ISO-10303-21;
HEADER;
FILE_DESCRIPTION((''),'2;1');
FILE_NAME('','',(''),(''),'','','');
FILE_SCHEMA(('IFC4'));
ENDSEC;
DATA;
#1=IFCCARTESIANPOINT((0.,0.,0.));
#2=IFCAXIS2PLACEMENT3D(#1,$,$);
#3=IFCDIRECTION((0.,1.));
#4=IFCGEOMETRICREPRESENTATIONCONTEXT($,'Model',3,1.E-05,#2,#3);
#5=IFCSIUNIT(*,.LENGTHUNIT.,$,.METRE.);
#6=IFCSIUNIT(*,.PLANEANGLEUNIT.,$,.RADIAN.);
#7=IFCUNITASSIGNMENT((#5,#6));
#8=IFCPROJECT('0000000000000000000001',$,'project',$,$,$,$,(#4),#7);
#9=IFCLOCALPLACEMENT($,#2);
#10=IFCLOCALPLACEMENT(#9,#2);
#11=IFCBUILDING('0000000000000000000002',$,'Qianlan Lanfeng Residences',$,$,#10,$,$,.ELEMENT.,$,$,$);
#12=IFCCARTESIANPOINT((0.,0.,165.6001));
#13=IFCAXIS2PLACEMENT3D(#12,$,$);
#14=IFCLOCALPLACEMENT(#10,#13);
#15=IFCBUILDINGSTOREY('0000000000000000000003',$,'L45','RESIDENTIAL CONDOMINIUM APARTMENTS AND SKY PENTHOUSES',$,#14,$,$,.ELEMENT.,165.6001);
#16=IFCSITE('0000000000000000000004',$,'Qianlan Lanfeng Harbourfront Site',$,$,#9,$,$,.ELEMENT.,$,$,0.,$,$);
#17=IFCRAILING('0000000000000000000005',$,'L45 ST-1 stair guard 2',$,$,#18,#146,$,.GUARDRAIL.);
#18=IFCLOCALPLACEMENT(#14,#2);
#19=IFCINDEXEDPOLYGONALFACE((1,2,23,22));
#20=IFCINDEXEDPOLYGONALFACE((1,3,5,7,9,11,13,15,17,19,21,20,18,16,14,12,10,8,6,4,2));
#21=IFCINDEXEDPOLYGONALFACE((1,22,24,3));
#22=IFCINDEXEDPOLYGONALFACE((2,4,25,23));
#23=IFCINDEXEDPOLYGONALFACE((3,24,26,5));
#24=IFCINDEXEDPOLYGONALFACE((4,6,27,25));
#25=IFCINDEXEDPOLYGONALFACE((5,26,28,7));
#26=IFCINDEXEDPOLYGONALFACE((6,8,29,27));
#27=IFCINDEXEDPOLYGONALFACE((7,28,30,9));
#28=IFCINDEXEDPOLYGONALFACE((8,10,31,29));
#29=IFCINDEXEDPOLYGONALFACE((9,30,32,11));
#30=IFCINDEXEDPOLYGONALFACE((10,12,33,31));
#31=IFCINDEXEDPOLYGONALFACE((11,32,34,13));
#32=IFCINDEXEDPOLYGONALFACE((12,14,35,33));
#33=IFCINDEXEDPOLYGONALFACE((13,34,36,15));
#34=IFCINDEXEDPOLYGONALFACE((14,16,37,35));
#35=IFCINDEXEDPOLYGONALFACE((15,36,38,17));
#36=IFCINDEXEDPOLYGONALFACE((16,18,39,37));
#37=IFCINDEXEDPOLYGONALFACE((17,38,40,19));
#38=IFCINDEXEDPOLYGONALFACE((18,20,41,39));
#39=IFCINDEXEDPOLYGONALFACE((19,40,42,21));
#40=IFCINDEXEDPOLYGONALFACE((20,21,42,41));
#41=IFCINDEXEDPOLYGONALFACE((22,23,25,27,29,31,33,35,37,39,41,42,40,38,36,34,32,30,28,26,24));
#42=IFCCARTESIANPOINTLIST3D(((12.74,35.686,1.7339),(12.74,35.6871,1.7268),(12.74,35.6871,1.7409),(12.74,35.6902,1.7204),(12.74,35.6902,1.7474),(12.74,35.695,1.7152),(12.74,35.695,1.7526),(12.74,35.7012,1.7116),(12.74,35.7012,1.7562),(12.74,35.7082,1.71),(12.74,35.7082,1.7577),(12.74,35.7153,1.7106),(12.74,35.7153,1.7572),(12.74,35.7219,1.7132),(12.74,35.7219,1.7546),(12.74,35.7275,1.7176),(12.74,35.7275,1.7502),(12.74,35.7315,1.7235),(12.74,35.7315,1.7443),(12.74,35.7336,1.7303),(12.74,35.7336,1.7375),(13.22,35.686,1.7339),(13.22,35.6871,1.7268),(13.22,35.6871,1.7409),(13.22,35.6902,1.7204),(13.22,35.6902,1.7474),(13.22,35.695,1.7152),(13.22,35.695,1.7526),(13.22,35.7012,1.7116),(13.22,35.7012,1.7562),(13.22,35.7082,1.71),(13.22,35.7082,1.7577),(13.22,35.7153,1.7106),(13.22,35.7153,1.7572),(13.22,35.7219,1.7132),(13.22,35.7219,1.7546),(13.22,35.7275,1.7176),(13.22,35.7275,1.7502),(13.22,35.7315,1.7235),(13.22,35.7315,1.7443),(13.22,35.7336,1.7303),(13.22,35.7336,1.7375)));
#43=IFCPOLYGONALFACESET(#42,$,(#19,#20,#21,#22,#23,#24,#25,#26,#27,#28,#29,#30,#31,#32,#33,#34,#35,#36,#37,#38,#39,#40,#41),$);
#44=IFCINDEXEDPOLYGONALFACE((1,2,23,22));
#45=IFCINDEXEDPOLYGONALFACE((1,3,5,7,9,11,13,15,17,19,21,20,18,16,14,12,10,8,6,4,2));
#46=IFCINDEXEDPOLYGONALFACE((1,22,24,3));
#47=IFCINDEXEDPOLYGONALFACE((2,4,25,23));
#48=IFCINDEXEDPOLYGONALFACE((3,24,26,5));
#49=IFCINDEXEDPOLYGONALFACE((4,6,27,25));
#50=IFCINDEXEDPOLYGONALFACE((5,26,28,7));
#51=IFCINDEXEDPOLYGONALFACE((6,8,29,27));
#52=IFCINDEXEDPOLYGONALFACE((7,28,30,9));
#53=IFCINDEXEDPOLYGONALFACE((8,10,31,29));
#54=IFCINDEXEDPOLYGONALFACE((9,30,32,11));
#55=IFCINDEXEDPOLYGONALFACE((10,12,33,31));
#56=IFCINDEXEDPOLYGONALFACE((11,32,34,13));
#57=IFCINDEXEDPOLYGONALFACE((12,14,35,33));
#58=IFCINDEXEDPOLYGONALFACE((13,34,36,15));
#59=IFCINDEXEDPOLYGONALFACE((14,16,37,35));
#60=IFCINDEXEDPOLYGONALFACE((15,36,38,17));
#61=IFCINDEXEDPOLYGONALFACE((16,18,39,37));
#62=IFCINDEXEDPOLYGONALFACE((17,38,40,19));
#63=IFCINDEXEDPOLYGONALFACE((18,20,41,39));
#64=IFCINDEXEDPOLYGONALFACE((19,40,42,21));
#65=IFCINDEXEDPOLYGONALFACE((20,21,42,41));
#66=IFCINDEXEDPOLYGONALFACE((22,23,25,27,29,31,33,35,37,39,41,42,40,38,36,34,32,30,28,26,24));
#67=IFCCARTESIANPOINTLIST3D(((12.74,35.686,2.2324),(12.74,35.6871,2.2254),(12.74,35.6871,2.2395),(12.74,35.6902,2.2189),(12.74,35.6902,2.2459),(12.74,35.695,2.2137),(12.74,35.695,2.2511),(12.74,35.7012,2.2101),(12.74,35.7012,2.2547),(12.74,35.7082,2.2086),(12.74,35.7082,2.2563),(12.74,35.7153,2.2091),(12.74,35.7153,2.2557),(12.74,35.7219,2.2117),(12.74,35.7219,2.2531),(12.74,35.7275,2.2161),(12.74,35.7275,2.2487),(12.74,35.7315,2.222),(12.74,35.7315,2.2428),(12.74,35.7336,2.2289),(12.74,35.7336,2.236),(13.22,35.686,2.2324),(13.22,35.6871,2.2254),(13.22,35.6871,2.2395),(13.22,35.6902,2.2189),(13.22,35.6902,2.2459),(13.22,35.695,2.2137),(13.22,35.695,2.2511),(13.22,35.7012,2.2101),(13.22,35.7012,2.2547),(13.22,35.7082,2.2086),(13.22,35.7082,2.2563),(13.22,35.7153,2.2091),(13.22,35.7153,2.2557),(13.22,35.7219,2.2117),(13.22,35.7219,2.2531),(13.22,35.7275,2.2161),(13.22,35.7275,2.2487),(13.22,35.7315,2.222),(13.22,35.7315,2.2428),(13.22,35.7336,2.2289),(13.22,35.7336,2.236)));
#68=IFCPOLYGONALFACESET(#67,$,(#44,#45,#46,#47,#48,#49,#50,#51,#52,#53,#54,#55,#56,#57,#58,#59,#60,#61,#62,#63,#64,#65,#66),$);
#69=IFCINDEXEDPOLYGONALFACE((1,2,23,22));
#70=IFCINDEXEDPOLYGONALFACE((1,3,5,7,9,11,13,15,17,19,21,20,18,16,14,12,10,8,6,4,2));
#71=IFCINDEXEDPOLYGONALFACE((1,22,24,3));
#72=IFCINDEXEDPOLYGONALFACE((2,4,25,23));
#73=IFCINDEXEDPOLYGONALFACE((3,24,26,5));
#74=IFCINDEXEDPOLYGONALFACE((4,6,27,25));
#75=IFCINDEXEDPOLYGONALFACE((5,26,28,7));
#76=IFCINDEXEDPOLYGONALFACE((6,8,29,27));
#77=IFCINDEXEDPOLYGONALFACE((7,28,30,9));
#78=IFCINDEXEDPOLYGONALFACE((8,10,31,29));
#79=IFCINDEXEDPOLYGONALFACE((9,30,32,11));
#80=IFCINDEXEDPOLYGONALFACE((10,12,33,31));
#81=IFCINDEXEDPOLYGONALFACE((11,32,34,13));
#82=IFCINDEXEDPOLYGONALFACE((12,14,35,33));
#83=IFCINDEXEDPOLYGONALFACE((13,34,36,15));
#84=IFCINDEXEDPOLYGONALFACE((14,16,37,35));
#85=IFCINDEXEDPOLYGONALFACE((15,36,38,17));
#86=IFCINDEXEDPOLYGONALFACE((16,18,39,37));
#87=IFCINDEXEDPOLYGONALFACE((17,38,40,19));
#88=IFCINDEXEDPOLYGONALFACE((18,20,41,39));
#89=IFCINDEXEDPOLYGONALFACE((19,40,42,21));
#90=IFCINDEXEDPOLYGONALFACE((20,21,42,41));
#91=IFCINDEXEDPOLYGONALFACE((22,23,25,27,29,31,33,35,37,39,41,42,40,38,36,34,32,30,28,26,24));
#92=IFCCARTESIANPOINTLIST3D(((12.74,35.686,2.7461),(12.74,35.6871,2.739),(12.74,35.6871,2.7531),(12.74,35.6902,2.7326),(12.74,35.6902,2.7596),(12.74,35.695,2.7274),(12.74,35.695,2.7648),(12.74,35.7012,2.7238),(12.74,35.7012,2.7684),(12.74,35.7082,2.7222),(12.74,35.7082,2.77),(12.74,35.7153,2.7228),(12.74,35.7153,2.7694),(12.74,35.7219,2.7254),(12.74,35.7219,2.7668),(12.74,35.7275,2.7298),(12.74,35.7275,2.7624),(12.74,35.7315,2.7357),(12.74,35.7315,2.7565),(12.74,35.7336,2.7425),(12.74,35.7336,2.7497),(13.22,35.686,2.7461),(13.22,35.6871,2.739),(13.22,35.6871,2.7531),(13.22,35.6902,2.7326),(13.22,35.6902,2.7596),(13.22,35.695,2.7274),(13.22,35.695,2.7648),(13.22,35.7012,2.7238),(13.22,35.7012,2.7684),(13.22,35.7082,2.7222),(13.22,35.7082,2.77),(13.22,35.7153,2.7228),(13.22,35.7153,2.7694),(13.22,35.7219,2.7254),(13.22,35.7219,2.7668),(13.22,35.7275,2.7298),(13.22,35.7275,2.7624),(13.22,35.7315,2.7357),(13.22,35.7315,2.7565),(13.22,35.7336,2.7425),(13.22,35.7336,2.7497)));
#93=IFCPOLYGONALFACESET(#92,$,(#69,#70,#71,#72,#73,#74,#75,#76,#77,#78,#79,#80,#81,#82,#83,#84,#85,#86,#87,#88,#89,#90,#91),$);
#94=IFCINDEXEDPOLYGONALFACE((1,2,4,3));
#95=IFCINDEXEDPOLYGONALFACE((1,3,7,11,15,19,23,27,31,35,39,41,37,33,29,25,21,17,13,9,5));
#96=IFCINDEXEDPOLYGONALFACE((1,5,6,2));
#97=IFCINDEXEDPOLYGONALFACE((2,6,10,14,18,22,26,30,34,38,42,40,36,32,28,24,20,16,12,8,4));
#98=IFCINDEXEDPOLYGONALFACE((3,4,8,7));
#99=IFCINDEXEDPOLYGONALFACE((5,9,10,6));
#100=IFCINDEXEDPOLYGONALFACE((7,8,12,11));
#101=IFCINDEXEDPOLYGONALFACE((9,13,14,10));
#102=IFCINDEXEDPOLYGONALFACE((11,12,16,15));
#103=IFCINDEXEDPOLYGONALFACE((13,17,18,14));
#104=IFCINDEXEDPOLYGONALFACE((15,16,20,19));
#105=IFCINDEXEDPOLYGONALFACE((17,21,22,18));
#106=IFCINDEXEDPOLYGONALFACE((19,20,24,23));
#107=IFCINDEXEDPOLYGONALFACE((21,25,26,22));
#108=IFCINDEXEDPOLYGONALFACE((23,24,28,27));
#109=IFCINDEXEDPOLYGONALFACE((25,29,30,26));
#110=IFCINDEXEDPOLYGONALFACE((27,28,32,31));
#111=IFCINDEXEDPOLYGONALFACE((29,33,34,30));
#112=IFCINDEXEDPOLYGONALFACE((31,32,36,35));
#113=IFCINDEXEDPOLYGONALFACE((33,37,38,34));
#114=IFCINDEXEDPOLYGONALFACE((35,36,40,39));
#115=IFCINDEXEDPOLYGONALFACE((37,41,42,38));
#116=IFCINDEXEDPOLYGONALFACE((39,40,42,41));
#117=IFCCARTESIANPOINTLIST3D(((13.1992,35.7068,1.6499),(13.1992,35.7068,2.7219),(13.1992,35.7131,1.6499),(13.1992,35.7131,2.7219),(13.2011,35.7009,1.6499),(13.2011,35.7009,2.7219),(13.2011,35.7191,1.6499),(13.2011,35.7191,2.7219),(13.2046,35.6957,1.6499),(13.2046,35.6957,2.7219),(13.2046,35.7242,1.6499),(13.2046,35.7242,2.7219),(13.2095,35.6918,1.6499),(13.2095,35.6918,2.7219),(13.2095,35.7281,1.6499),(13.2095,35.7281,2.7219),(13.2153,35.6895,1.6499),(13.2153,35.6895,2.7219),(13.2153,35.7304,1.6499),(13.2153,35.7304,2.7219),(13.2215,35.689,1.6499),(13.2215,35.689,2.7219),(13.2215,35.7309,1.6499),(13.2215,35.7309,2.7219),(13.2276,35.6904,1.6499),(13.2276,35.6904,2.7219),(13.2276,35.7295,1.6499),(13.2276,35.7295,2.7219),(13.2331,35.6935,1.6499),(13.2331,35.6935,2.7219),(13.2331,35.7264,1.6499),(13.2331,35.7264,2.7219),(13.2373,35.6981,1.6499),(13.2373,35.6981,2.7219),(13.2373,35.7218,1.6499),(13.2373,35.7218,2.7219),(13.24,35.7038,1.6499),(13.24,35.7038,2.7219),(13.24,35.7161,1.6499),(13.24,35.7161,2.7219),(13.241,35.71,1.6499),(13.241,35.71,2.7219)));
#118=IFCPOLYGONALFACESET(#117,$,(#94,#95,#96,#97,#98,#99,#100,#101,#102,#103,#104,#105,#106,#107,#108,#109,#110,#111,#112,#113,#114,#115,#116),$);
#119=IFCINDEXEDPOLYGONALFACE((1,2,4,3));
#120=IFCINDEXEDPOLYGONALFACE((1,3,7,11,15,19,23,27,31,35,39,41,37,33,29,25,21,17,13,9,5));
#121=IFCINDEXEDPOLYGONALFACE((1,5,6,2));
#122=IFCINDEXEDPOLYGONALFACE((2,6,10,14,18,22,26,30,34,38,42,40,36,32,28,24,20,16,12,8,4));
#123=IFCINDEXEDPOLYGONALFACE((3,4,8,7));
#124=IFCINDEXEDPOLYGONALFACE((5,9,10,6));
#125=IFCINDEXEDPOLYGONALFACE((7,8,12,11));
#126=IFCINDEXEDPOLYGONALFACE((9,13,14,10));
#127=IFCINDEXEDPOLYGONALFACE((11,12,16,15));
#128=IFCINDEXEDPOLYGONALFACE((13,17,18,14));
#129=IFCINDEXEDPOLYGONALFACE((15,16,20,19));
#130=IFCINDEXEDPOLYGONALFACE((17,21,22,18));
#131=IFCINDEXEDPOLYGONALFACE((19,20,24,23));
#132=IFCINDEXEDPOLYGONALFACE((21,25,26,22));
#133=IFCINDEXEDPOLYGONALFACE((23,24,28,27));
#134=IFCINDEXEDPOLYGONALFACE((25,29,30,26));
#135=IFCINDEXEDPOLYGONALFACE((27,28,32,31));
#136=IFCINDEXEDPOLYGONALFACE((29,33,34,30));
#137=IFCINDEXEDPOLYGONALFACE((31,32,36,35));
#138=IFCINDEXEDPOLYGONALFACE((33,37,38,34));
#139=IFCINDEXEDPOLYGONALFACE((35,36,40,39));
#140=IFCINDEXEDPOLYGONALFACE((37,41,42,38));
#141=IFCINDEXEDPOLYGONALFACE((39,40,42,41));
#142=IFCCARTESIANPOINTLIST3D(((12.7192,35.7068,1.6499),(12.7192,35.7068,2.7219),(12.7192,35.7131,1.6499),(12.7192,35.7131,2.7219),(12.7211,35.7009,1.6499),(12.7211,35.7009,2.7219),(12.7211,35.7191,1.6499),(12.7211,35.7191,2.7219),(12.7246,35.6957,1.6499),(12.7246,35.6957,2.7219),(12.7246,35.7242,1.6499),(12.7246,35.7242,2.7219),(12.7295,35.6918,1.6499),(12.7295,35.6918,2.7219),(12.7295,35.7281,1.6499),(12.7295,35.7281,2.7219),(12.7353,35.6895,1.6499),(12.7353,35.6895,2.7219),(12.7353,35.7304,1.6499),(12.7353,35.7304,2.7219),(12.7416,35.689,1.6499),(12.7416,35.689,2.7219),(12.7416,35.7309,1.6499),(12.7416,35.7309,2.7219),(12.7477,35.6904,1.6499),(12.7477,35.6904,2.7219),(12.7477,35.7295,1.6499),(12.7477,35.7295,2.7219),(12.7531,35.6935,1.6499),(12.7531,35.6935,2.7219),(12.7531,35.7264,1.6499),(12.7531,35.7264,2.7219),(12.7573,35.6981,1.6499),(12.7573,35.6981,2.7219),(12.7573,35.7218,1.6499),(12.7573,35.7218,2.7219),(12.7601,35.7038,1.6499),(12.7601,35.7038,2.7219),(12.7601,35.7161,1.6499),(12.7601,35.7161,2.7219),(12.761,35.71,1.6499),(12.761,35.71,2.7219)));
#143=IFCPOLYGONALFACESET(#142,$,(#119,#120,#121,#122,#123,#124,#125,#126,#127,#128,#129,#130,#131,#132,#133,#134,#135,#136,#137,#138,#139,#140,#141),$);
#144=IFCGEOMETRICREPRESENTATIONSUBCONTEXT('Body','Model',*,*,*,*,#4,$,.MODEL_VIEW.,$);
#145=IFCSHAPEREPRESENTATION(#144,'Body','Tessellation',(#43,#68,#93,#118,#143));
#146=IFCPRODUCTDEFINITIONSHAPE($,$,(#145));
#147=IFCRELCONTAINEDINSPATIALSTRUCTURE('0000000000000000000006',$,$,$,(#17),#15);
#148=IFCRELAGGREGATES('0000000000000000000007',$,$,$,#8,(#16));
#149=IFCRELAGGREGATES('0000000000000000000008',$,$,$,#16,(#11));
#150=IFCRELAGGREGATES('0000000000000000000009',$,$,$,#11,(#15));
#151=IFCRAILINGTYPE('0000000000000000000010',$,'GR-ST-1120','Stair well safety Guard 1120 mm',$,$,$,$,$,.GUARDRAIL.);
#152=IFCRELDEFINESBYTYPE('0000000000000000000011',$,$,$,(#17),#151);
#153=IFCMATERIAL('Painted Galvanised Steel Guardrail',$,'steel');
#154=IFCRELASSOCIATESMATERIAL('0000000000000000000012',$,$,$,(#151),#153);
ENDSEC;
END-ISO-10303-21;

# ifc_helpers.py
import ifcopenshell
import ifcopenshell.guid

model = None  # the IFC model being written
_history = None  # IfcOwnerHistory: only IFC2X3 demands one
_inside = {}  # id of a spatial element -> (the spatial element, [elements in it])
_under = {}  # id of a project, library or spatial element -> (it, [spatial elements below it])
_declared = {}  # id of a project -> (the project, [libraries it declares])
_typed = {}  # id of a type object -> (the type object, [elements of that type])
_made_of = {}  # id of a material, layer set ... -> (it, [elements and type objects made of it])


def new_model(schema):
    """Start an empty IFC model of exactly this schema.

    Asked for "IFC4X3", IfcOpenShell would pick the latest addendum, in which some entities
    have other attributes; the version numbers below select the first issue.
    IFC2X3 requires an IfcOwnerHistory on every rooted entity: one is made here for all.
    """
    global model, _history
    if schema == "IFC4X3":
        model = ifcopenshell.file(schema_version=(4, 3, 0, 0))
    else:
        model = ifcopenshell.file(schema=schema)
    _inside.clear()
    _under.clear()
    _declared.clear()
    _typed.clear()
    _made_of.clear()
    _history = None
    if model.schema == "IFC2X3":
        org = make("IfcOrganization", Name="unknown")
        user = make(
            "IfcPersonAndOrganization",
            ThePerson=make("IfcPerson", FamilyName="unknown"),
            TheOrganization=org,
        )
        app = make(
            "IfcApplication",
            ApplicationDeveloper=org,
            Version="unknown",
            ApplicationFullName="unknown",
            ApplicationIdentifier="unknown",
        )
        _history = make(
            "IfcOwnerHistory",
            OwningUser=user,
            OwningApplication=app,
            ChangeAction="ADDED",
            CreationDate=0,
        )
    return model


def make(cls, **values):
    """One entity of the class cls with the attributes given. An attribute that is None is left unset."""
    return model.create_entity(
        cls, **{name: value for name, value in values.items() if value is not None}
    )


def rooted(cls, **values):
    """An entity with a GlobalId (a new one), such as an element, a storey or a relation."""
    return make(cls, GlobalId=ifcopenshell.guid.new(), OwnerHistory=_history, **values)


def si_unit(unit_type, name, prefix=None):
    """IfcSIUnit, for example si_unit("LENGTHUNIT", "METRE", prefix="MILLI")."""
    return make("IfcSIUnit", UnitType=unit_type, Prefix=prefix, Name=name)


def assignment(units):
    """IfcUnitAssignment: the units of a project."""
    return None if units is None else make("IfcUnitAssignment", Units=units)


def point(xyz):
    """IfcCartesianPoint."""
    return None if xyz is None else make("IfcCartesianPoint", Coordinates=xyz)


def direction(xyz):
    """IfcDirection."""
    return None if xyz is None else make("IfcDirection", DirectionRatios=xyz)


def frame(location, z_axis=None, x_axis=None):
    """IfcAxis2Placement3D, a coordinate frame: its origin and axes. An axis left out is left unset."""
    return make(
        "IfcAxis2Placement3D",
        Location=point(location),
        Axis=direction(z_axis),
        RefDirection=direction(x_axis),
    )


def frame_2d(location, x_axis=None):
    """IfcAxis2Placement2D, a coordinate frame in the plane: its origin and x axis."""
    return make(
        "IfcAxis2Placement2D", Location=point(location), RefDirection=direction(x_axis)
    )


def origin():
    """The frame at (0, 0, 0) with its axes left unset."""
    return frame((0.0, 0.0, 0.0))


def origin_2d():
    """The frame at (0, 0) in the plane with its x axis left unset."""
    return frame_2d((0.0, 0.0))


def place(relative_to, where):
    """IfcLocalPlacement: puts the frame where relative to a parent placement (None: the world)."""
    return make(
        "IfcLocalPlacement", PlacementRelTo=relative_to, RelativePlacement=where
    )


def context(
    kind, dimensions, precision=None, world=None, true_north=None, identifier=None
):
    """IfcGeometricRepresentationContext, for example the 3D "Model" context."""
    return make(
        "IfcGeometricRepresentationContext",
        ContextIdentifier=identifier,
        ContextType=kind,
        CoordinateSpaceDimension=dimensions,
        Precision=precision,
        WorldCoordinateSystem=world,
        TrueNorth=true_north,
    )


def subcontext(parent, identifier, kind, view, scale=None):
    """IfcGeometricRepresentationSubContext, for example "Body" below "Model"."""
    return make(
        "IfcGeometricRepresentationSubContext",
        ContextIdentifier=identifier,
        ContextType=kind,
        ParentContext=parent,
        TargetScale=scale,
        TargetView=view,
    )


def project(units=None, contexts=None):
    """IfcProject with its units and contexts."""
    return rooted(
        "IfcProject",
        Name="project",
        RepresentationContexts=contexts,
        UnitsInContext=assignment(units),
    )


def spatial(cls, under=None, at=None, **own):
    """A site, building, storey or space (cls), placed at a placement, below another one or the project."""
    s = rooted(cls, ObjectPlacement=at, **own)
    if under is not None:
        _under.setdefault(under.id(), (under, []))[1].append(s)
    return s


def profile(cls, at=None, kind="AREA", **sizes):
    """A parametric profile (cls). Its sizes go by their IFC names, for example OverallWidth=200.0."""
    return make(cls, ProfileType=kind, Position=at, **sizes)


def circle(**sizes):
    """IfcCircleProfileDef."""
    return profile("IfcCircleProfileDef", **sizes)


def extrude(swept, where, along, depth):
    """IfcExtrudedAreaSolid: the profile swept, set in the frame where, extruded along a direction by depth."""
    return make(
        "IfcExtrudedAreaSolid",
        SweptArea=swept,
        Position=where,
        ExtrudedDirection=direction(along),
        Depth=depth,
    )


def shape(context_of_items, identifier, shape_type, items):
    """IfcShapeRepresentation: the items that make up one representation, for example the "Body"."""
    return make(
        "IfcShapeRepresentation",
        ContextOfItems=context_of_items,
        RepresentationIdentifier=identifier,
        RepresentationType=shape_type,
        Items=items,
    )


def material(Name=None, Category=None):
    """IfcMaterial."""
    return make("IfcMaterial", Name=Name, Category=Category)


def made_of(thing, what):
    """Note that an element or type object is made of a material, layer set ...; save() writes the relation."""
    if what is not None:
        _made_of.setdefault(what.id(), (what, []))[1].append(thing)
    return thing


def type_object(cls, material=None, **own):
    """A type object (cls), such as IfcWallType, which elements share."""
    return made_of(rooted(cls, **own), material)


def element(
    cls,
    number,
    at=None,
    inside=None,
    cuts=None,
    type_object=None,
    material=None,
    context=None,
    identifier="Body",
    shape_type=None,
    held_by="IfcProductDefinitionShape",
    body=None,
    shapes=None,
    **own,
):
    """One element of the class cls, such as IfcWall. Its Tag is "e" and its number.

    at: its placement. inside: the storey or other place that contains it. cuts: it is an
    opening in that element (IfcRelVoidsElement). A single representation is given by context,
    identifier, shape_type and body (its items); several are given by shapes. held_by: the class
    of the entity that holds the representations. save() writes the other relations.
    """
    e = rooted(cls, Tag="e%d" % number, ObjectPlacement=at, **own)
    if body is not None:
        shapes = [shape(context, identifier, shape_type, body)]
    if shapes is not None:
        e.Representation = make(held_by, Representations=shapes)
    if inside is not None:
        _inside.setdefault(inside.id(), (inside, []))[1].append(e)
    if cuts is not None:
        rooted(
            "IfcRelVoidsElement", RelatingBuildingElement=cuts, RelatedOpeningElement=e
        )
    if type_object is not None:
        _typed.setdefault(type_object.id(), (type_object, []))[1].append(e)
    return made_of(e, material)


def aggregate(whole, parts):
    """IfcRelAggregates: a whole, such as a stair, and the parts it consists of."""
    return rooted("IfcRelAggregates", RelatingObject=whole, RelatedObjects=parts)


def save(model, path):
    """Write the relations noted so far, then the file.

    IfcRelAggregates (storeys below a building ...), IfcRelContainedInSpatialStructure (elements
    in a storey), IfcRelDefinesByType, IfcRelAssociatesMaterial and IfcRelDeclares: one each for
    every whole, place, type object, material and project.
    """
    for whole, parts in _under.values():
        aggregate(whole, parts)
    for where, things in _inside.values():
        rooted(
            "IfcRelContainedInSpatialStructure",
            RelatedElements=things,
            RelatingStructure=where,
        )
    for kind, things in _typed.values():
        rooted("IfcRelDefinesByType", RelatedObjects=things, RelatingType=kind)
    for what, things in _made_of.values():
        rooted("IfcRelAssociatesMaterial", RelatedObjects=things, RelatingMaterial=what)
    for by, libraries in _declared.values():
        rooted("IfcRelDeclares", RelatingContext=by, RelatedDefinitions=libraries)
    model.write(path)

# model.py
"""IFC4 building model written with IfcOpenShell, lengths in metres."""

from ifc_helpers import new_model, si_unit, direction, frame, origin, origin_2d, place, context, subcontext, project, spatial, circle, extrude, material, type_object, element, save


model = new_model("IFC4")

# Units and contexts
model_context = context("Model", 3, precision=1e-05, world=origin(), true_north=direction((0.0, 1.0)))
body_context = subcontext(model_context, "Body", "Model", "MODEL_VIEW")
ifc_project = project(units=[si_unit("LENGTHUNIT", "METRE"), si_unit("PLANEANGLEUNIT", "RADIAN")], contexts=[model_context])

# Site, building, storey
site_placement = place(None, origin())
site = spatial("IfcSite", under=ifc_project, at=site_placement, Name="Qianlan Lanfeng Harbourfront Site", CompositionType="ELEMENT", RefElevation=0.0)
building_placement = place(site_placement, origin())
building = spatial("IfcBuilding", under=site, at=building_placement, Name="Qianlan Lanfeng Residences", CompositionType="ELEMENT")
storey_placement = place(building_placement, frame((0.0, 0.0, 165.6001)))
storey = spatial("IfcBuildingStorey", under=building, at=storey_placement, Name="L45", Description="RESIDENTIAL CONDOMINIUM APARTMENTS AND SKY PENTHOUSES", CompositionType="ELEMENT", Elevation=165.6001)

# Railing
ifc_material_1 = material(Name="Painted Galvanised Steel Guardrail", Category="steel")
railing_type_1 = type_object("IfcRailingType", Name="GR-ST-1120", Description="Stair well safety Guard 1120 mm", PredefinedType="GUARDRAIL", material=ifc_material_1)
railing_1_placement = place(storey_placement, frame((13.22, 35.71, 1.6499)))
element("IfcRailing", 1, at=railing_1_placement, inside=storey, type_object=railing_type_1, Name="L45 ST-1 stair guard 2", PredefinedType="GUARDRAIL", context=body_context, shape_type="SweptSolid", body=[
    extrude(circle(Radius=0.0239, at=origin_2d()), frame((0.0, 0.0, 0.084), z_axis=(-1.0, 0.0, 0.0), x_axis=(0.0, -1.0, 0.0)), (0.0, 0.0, 1.0), 0.48),
    extrude(circle(Radius=0.0239, at=origin_2d()), frame((0.0, 0.0, 0.5825), z_axis=(-1.0, 0.0, 0.0), x_axis=(0.0, -1.0, 0.0)), (0.0, 0.0, 1.0), 0.48),
    extrude(circle(Radius=0.0239, at=origin_2d()), frame((0.0, 0.0, 1.0962), z_axis=(-1.0, 0.0, 0.0), x_axis=(0.0, -1.0, 0.0)), (0.0, 0.0, 1.0), 0.48),
    extrude(circle(Radius=0.021, at=origin_2d()), origin(), (0.0, 0.0, 1.0), 1.072),
    extrude(circle(Radius=0.021, at=origin_2d()), frame((-0.48, 0.0, 0.0)), (0.0, 0.0, 1.0), 1.072),
])

save(model, "model.ifc")
